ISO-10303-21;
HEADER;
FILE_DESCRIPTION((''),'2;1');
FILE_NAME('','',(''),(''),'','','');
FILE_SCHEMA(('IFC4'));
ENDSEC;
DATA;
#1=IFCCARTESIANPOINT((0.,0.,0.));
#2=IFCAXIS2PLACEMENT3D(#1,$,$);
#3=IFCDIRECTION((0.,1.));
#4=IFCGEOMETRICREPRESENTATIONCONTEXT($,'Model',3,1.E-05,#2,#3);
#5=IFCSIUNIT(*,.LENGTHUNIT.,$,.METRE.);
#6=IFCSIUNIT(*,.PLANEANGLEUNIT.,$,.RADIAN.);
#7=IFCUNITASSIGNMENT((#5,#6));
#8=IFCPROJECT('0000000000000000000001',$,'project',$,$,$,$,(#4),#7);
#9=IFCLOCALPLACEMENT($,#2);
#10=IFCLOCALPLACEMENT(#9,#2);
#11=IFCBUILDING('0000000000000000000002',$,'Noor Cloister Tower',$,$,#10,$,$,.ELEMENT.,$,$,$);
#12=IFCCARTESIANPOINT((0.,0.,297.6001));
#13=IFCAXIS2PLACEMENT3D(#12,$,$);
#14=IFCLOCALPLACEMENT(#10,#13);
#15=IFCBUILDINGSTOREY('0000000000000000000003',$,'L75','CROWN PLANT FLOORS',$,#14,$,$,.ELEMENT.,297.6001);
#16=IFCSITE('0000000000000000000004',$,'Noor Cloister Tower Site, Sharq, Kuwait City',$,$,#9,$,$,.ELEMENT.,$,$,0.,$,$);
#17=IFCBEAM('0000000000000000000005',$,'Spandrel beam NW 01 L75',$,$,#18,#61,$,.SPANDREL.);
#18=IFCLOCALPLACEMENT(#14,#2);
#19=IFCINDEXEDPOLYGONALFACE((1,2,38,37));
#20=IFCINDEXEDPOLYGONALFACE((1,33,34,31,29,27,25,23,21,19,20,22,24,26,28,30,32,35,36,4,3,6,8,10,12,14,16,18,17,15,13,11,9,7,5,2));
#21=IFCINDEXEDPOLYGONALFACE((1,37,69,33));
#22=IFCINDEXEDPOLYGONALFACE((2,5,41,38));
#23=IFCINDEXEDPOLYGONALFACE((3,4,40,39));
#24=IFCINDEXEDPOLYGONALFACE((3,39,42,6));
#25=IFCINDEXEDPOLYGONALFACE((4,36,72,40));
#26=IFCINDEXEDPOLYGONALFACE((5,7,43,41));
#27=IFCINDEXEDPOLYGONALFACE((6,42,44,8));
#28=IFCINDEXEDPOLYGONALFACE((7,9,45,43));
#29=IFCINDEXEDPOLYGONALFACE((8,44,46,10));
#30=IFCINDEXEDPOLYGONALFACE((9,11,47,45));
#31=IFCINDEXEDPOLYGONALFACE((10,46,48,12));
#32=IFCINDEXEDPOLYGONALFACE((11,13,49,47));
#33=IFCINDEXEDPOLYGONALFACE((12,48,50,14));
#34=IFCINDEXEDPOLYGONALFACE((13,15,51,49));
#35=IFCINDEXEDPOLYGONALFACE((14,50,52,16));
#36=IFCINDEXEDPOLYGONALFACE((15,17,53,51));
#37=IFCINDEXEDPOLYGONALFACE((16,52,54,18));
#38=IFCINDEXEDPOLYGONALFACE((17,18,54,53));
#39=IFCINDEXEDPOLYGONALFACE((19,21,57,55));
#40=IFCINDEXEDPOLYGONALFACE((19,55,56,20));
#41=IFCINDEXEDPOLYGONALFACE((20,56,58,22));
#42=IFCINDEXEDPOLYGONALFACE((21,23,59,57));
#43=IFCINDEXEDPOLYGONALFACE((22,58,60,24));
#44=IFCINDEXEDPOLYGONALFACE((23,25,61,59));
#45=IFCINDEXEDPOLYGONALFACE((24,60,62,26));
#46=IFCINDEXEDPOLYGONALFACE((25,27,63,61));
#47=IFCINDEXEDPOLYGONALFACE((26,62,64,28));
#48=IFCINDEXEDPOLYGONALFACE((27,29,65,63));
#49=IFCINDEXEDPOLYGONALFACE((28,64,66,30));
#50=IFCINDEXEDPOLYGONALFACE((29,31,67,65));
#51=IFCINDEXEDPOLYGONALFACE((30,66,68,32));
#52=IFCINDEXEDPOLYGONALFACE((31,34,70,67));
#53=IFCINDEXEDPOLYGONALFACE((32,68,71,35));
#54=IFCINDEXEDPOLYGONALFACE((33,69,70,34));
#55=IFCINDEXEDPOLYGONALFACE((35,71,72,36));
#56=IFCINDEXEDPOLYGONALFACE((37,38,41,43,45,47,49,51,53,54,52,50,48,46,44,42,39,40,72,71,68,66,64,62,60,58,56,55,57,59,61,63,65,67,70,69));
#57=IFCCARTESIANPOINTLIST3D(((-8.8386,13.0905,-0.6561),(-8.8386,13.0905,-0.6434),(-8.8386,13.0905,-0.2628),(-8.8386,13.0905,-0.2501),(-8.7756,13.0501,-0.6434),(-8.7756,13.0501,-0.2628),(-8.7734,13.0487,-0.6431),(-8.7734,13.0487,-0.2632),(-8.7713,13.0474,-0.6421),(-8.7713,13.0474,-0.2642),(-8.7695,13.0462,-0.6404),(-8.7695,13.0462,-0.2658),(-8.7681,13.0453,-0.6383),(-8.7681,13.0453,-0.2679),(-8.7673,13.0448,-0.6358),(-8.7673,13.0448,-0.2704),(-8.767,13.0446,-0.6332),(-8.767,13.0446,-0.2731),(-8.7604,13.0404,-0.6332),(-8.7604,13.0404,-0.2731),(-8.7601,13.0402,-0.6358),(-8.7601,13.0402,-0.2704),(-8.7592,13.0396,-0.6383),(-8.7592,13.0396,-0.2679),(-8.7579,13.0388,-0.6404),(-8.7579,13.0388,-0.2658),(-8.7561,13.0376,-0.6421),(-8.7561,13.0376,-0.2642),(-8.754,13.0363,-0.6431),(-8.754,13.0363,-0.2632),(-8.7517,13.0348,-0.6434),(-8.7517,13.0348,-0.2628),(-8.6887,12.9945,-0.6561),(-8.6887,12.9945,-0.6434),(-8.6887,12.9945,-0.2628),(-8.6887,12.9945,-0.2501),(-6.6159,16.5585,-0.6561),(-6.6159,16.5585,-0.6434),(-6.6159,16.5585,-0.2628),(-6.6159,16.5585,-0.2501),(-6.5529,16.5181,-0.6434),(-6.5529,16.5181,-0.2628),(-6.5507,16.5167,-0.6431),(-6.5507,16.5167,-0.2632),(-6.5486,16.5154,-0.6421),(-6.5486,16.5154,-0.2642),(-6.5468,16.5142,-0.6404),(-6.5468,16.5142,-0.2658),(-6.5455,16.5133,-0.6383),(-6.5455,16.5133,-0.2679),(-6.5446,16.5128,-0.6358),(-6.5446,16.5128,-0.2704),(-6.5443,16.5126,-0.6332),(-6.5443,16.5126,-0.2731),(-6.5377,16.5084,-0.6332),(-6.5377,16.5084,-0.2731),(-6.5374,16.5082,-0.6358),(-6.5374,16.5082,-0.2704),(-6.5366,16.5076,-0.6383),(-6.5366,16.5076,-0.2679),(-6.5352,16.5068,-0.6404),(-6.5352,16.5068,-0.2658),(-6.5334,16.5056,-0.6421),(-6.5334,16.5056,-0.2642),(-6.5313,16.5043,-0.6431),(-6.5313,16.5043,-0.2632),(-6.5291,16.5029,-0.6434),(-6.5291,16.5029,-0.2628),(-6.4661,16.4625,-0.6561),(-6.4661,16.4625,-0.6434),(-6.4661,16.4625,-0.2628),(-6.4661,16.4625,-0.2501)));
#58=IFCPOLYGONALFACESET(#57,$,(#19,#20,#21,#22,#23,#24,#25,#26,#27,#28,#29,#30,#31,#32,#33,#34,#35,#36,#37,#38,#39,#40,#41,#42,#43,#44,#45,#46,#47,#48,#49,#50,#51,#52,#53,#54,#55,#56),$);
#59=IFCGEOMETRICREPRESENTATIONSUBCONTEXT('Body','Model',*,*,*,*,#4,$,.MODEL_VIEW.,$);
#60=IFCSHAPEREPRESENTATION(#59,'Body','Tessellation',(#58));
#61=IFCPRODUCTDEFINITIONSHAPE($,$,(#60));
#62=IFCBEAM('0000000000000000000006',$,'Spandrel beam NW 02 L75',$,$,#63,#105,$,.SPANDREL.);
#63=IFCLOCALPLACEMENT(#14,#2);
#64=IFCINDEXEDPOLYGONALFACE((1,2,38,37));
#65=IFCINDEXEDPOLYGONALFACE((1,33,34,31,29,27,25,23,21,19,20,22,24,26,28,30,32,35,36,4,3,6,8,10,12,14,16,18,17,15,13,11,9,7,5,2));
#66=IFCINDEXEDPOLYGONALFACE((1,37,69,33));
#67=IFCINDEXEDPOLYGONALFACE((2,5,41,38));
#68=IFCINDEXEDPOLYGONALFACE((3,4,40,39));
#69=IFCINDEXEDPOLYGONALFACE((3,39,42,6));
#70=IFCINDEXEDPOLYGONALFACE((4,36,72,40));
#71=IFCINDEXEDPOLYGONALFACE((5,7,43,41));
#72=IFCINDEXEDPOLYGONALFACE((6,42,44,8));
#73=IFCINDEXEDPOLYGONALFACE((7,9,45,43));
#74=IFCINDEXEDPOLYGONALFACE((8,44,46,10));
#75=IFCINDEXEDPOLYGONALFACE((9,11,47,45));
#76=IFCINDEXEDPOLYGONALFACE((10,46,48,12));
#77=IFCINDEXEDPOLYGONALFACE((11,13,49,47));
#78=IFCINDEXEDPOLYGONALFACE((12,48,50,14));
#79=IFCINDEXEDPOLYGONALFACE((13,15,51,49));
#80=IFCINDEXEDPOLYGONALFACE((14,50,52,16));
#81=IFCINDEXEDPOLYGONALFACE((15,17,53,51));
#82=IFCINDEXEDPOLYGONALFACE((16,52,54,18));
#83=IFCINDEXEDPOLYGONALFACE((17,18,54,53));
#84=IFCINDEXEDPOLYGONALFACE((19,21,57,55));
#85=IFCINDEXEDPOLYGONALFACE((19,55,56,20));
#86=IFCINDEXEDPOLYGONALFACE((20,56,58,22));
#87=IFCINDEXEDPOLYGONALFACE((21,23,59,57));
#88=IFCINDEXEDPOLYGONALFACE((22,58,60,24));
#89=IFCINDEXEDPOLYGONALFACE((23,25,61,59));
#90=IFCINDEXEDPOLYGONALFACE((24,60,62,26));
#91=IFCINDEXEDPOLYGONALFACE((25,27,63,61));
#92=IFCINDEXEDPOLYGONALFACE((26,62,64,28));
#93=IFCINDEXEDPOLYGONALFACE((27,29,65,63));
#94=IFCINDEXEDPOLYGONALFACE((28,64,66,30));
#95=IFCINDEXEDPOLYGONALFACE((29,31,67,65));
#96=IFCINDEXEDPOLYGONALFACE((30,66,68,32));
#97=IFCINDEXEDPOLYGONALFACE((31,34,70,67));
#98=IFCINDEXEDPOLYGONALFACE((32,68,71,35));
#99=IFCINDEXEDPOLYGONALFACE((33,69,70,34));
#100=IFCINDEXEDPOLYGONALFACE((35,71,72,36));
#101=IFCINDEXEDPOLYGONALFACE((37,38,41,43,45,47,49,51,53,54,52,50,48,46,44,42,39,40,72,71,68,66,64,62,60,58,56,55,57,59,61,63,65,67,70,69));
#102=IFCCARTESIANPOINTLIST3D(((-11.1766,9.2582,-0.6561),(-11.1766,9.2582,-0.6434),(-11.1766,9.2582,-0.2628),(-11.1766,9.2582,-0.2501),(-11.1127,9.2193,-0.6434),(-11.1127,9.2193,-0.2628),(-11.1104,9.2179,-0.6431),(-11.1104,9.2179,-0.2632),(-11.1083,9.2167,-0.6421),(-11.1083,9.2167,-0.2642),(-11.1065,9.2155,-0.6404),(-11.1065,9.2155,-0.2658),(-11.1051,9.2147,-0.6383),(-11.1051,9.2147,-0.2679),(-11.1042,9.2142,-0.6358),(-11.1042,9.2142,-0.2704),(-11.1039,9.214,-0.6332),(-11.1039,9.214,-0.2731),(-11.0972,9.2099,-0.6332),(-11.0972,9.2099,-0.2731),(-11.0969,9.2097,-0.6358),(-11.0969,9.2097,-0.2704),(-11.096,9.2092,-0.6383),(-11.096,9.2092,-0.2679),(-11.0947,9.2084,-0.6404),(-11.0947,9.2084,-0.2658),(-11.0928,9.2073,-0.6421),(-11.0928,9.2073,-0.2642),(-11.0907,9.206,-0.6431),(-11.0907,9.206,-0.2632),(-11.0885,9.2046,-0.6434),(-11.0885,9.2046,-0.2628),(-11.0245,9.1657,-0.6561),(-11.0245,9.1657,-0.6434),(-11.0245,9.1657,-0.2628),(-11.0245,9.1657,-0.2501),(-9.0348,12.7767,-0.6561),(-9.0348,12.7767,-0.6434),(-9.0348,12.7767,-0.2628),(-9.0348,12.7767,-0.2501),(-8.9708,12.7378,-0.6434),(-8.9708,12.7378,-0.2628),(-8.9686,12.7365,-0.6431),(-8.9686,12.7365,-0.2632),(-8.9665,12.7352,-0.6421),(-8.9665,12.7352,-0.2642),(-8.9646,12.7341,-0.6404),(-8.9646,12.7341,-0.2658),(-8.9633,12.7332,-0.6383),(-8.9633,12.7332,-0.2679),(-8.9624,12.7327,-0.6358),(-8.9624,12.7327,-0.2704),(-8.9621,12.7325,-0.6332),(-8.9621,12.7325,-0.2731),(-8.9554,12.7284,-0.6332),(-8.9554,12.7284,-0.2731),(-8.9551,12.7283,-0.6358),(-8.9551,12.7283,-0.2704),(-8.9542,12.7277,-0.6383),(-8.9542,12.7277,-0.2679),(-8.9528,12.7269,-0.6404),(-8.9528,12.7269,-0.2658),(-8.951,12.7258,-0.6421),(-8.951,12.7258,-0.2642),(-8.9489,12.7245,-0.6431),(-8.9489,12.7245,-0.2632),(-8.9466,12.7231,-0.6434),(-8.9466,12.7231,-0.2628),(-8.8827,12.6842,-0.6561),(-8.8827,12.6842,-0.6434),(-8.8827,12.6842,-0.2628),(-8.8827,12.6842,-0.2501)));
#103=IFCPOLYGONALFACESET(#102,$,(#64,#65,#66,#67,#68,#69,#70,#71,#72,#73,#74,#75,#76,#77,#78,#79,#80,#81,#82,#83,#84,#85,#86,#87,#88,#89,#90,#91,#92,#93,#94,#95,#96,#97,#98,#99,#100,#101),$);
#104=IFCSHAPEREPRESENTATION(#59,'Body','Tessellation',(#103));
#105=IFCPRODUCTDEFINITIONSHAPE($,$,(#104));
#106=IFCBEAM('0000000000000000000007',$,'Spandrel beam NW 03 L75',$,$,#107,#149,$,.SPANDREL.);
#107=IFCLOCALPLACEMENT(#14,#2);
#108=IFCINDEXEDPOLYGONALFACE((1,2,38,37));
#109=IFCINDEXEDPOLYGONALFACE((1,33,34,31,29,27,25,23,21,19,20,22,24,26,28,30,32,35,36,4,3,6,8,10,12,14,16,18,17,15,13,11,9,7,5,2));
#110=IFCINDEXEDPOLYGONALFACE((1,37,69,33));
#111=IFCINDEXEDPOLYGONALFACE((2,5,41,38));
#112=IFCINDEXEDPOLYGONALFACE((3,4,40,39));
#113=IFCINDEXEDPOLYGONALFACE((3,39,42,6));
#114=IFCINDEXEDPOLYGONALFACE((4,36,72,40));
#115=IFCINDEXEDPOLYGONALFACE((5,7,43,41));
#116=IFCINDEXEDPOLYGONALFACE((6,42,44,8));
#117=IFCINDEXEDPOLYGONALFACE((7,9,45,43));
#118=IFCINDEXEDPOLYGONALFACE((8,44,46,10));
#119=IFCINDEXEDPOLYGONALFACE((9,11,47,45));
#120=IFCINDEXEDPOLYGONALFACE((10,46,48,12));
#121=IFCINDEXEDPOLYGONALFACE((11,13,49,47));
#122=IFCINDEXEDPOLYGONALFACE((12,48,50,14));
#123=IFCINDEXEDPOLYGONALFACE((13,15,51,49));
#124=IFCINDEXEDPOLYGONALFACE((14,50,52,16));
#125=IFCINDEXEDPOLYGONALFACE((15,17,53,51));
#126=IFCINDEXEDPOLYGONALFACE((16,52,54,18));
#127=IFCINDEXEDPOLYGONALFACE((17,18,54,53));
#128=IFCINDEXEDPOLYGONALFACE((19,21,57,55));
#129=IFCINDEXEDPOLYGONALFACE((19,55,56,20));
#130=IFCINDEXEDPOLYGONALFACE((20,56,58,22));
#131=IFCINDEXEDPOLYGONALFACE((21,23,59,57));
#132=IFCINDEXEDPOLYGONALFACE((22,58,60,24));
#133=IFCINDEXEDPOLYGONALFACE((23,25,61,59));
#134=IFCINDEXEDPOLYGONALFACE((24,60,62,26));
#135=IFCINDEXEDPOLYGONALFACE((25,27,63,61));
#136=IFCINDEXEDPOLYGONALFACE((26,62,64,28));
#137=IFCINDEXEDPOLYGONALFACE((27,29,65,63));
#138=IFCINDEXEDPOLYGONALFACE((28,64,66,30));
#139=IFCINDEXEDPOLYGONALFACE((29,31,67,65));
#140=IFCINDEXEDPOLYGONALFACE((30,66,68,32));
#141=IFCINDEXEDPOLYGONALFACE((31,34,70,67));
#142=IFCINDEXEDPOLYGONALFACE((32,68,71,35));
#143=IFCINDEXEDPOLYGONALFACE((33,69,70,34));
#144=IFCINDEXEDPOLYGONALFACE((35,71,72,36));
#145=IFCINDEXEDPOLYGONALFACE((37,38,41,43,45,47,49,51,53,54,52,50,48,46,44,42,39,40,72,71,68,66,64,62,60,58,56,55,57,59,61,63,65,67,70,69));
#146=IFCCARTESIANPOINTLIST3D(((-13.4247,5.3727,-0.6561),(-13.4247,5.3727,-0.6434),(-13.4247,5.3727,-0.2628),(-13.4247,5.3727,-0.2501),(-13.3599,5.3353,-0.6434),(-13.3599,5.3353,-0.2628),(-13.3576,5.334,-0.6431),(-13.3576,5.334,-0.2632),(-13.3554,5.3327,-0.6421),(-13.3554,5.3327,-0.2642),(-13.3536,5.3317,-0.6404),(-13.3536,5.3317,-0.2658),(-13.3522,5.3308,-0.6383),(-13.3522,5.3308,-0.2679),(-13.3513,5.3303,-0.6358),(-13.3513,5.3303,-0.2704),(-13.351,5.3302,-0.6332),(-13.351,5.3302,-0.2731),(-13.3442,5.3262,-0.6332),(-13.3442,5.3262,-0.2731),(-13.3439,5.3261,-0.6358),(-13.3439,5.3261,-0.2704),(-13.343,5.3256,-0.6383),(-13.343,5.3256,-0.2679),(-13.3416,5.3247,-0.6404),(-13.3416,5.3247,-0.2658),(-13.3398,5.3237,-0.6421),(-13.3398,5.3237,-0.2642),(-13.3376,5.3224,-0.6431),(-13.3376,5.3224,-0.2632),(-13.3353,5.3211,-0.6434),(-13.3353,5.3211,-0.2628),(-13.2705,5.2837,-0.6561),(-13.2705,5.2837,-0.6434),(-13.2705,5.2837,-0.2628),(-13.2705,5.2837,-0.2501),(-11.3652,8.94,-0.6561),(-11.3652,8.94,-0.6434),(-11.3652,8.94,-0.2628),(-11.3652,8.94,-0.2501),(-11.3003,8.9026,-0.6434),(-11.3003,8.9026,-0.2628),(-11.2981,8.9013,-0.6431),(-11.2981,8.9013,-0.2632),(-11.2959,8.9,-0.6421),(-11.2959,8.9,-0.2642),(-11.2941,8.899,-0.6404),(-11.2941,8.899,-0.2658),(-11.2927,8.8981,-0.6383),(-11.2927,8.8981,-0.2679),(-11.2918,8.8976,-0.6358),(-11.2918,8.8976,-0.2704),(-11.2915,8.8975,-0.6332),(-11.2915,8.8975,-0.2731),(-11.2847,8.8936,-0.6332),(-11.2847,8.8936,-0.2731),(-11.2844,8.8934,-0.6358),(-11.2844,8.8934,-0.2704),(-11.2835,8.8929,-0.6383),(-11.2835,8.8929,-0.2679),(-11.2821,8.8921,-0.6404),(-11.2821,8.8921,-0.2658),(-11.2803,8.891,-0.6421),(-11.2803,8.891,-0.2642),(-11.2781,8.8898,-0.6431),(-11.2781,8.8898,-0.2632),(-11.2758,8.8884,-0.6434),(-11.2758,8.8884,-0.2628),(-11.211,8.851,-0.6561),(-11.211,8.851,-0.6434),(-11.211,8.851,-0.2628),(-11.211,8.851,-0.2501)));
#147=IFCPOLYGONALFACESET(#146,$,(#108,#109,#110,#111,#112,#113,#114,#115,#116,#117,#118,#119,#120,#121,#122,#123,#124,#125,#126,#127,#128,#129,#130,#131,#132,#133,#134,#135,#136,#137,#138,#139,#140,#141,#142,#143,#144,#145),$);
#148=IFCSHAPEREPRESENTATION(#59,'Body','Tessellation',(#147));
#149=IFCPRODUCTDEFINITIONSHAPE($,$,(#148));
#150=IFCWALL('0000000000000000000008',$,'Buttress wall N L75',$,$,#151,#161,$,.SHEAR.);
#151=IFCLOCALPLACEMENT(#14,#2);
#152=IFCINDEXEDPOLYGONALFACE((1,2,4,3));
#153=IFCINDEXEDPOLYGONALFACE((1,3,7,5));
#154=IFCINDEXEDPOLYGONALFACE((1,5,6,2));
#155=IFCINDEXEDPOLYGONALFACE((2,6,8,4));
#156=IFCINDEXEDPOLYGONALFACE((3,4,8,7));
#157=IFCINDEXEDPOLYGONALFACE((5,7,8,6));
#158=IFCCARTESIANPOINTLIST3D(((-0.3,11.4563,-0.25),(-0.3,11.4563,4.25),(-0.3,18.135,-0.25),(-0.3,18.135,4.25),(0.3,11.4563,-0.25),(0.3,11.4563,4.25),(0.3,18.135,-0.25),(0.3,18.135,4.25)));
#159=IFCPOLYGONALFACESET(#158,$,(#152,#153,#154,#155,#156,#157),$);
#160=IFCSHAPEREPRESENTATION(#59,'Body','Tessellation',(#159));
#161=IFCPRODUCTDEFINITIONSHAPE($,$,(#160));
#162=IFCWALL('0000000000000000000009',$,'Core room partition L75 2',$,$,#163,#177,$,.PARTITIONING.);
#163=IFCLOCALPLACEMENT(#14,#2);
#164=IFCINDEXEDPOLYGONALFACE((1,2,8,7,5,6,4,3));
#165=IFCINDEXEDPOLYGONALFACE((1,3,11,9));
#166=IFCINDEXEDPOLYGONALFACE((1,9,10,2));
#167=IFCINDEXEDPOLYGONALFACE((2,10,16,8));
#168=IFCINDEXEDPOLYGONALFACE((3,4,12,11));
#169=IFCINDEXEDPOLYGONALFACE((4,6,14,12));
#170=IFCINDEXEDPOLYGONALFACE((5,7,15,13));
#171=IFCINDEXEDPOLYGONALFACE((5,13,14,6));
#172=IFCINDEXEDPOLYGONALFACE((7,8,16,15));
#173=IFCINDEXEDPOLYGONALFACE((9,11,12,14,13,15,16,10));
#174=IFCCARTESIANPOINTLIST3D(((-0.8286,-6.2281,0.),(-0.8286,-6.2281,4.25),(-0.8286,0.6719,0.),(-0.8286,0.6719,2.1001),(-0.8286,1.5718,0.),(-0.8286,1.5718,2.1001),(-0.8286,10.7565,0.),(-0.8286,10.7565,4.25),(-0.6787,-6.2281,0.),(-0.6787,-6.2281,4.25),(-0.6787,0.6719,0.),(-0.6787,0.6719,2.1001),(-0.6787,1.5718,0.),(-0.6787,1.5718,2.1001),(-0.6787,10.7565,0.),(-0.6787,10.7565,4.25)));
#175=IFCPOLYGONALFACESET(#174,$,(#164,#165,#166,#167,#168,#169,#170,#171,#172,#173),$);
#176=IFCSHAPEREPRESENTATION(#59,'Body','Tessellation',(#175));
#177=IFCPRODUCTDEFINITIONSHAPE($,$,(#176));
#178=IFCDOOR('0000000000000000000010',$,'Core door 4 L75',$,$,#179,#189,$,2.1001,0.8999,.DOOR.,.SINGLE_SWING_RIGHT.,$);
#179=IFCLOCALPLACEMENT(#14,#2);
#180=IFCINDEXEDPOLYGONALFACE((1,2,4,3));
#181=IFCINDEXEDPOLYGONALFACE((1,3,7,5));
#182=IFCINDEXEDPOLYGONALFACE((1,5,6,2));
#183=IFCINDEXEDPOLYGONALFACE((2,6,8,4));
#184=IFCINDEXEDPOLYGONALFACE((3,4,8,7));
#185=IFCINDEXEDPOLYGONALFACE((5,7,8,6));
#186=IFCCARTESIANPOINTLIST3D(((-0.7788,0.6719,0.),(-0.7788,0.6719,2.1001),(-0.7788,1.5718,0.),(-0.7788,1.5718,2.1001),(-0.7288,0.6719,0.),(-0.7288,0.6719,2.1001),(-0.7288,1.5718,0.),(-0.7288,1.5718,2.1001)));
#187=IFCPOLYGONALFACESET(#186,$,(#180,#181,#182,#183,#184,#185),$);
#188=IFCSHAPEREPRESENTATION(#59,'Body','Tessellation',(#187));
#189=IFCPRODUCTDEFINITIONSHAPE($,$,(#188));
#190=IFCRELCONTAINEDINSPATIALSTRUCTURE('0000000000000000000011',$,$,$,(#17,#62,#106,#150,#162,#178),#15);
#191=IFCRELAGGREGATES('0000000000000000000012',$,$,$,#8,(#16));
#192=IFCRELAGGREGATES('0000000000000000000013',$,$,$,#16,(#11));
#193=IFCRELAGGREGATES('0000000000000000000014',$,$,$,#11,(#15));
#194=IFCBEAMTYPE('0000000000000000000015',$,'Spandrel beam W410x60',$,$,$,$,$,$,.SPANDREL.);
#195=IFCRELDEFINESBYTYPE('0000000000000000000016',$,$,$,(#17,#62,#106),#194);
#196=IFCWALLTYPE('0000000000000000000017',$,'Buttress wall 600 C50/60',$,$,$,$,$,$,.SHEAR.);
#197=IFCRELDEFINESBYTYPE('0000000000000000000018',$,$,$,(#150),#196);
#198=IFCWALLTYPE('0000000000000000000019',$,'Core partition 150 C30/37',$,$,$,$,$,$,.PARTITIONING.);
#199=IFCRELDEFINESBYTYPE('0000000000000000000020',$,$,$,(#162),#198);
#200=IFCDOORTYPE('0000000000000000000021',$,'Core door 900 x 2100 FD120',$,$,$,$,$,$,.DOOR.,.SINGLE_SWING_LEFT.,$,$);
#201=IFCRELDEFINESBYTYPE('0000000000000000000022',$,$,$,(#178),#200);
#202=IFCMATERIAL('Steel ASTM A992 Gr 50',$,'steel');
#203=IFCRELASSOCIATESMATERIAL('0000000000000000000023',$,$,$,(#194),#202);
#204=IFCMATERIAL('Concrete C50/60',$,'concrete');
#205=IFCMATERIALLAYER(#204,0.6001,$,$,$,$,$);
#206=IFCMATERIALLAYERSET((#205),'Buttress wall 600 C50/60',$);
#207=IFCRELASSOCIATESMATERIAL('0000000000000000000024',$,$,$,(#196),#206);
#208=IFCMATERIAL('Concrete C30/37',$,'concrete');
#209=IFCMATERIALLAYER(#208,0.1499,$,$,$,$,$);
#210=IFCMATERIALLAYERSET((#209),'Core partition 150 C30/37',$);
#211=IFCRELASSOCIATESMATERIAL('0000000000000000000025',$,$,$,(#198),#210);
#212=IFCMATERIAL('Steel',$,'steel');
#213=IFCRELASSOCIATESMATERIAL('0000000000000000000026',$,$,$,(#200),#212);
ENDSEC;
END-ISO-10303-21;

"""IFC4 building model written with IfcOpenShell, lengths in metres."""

from ifc_helpers import new_model, si_unit, direction, frame, frame_2d, origin, origin_2d, place, context, subcontext, project, spatial, rectangle, i_section, extrude, material, layer, layer_set, material_profile, profile_set, type_object, element, fill, save


model = new_model("IFC4")

# Units and contexts
model_context = context("Model", 3, precision=1e-05, world=origin(), true_north=direction((0.0, 1.0)))
body_context = subcontext(model_context, "Body", "Model", "MODEL_VIEW")
ifc_project = project(units=[si_unit("LENGTHUNIT", "METRE"), si_unit("PLANEANGLEUNIT", "RADIAN")], contexts=[model_context])

# Site, building, storey
site_placement = place(None, origin())
site = spatial("IfcSite", under=ifc_project, at=site_placement, Name="Noor Cloister Tower Site, Sharq, Kuwait City", CompositionType="ELEMENT", RefElevation=0.0)
building_placement = place(site_placement, origin())
building = spatial("IfcBuilding", under=site, at=building_placement, Name="Noor Cloister Tower", CompositionType="ELEMENT")
storey_placement = place(building_placement, frame((0.0, 0.0, 297.6001)))
storey = spatial("IfcBuildingStorey", under=building, at=storey_placement, Name="L75", Description="CROWN PLANT FLOORS", CompositionType="ELEMENT", Elevation=297.6001)

# Beams
ifc_material_1 = material(Name="Steel ASTM A992 Gr 50", Category="steel")
ifc_material_profile_1 = material_profile(ifc_material_1, i_section(OverallWidth=0.178, OverallDepth=0.406, WebThickness=0.0078, FlangeThickness=0.0127, FilletRadius=0.0103, at=origin_2d()), Name="W410x60")
ifc_profile_set_1 = profile_set([ifc_material_profile_1], Name="Steel ASTM A992 Gr 50")
beam_type_1 = type_object("IfcBeamType", Name="Spandrel beam W410x60", PredefinedType="SPANDREL", material=ifc_profile_set_1)
for number, where, z_axis, x_axis, name in (
    (1, (-6.541, 16.5105, -0.4531), (-0.539592, -0.841927, 0.0), (0.841927, -0.539592, 0.0), "Spandrel beam NW 01 L75"),
    (2, (-8.9587, 12.7305, -0.4531), (-0.519968, -0.854186, 0.0), (0.854186, -0.519968, 0.0), "Spandrel beam NW 02 L75"),
    (3, (-11.2881, 8.8955, -0.4531), (-0.499989, -0.866032, 0.0), (0.866032, -0.499989, 0.0), "Spandrel beam NW 03 L75"),
):
    element("IfcBeam", number, at=place(storey_placement, frame(where, z_axis=z_axis, x_axis=x_axis)), inside=storey, type_object=beam_type_1, Name=name, PredefinedType="SPANDREL", context=body_context, shape_type="SweptSolid", body=[
        extrude(i_section(OverallWidth=0.178, OverallDepth=0.406, WebThickness=0.0078, FlangeThickness=0.0127, FilletRadius=0.0103, at=origin_2d()), origin(), (0.0, 0.0, 1.0), 4.1191),
    ])

# Wall
ifc_material_2 = material(Name="Concrete C50/60", Category="concrete")
ifc_layer_1 = layer(ifc_material_2, 0.6001)
ifc_layer_set_1 = layer_set([ifc_layer_1], Name="Buttress wall 600 C50/60")
wall_type_1 = type_object("IfcWallType", Name="Buttress wall 600 C50/60", PredefinedType="SHEAR", material=ifc_layer_set_1)
wall_1_placement = place(storey_placement, frame((0.0, 11.4563, -0.25), z_axis=(0.0, 0.0, 1.0), x_axis=(0.0, 1.0, 0.0)))
element("IfcWall", 4, at=wall_1_placement, inside=storey, type_object=wall_type_1, Name="Buttress wall N L75", PredefinedType="SHEAR", context=body_context, shape_type="SweptSolid", body=[
    extrude(rectangle(XDim=6.6787, YDim=0.6001, at=frame_2d((3.3394, 0.0))), origin(), (0.0, 0.0, 1.0), 4.5),
])

# Wall, opening, door
ifc_material_3 = material(Name="Concrete C30/37", Category="concrete")
ifc_layer_2 = layer(ifc_material_3, 0.1499)
ifc_layer_set_2 = layer_set([ifc_layer_2], Name="Core partition 150 C30/37")
wall_type_2 = type_object("IfcWallType", Name="Core partition 150 C30/37", PredefinedType="PARTITIONING", material=ifc_layer_set_2)
wall_2_placement = place(storey_placement, frame((-0.7537, 10.7563, 0.0), z_axis=(0.0, 0.0, 1.0), x_axis=(0.0, -1.0, 0.0)))
wall_2 = element("IfcWall", 5, at=wall_2_placement, inside=storey, type_object=wall_type_2, Name="Core room partition L75 2", PredefinedType="PARTITIONING", context=body_context, shape_type="SweptSolid", body=[
    extrude(rectangle(XDim=16.9846, YDim=0.1499, at=frame_2d((8.4922, 0.0))), origin(), (0.0, 0.0, 1.0), 4.25),
])
opening_1_placement = place(wall_2_placement, frame((9.1846, 0.0, 0.0)))
opening_1 = element("IfcOpeningElement", 6, at=opening_1_placement, cuts=wall_2, PredefinedType="OPENING", context=body_context, shape_type="SweptSolid", body=[
    extrude(rectangle(XDim=0.8999, YDim=2.1001, at=frame_2d((0.45, 1.05))), frame((0.0, 0.085, 0.0), z_axis=(0.0, -1.0, 0.0), x_axis=(1.0, 0.0, 0.0)), (0.0, 0.0, 1.0), 0.1699),
])
ifc_material_4 = material(Name="Steel", Category="steel")
door_type_1 = type_object("IfcDoorType", Name="Core door 900 x 2100 FD120", OperationType="SINGLE_SWING_LEFT", PredefinedType="DOOR", material=ifc_material_4)
door_1_placement = place(opening_1_placement, origin())
door_1 = element("IfcDoor", 7, at=door_1_placement, inside=storey, type_object=door_type_1, Name="Core door 4 L75", OperationType="SINGLE_SWING_RIGHT", OverallHeight=2.1001, OverallWidth=0.8999, PredefinedType="DOOR", context=body_context, shape_type="SweptSolid", body=[
    extrude(rectangle(XDim=0.8999, YDim=2.1001, at=frame_2d((0.45, 1.05))), frame((0.0, 0.0249, 0.0), z_axis=(0.0, -1.0, 0.0), x_axis=(1.0, 0.0, 0.0)), (0.0, 0.0, 1.0), 0.05),
])
fill(opening_1, door_1)

save(model, "model.ifc")
